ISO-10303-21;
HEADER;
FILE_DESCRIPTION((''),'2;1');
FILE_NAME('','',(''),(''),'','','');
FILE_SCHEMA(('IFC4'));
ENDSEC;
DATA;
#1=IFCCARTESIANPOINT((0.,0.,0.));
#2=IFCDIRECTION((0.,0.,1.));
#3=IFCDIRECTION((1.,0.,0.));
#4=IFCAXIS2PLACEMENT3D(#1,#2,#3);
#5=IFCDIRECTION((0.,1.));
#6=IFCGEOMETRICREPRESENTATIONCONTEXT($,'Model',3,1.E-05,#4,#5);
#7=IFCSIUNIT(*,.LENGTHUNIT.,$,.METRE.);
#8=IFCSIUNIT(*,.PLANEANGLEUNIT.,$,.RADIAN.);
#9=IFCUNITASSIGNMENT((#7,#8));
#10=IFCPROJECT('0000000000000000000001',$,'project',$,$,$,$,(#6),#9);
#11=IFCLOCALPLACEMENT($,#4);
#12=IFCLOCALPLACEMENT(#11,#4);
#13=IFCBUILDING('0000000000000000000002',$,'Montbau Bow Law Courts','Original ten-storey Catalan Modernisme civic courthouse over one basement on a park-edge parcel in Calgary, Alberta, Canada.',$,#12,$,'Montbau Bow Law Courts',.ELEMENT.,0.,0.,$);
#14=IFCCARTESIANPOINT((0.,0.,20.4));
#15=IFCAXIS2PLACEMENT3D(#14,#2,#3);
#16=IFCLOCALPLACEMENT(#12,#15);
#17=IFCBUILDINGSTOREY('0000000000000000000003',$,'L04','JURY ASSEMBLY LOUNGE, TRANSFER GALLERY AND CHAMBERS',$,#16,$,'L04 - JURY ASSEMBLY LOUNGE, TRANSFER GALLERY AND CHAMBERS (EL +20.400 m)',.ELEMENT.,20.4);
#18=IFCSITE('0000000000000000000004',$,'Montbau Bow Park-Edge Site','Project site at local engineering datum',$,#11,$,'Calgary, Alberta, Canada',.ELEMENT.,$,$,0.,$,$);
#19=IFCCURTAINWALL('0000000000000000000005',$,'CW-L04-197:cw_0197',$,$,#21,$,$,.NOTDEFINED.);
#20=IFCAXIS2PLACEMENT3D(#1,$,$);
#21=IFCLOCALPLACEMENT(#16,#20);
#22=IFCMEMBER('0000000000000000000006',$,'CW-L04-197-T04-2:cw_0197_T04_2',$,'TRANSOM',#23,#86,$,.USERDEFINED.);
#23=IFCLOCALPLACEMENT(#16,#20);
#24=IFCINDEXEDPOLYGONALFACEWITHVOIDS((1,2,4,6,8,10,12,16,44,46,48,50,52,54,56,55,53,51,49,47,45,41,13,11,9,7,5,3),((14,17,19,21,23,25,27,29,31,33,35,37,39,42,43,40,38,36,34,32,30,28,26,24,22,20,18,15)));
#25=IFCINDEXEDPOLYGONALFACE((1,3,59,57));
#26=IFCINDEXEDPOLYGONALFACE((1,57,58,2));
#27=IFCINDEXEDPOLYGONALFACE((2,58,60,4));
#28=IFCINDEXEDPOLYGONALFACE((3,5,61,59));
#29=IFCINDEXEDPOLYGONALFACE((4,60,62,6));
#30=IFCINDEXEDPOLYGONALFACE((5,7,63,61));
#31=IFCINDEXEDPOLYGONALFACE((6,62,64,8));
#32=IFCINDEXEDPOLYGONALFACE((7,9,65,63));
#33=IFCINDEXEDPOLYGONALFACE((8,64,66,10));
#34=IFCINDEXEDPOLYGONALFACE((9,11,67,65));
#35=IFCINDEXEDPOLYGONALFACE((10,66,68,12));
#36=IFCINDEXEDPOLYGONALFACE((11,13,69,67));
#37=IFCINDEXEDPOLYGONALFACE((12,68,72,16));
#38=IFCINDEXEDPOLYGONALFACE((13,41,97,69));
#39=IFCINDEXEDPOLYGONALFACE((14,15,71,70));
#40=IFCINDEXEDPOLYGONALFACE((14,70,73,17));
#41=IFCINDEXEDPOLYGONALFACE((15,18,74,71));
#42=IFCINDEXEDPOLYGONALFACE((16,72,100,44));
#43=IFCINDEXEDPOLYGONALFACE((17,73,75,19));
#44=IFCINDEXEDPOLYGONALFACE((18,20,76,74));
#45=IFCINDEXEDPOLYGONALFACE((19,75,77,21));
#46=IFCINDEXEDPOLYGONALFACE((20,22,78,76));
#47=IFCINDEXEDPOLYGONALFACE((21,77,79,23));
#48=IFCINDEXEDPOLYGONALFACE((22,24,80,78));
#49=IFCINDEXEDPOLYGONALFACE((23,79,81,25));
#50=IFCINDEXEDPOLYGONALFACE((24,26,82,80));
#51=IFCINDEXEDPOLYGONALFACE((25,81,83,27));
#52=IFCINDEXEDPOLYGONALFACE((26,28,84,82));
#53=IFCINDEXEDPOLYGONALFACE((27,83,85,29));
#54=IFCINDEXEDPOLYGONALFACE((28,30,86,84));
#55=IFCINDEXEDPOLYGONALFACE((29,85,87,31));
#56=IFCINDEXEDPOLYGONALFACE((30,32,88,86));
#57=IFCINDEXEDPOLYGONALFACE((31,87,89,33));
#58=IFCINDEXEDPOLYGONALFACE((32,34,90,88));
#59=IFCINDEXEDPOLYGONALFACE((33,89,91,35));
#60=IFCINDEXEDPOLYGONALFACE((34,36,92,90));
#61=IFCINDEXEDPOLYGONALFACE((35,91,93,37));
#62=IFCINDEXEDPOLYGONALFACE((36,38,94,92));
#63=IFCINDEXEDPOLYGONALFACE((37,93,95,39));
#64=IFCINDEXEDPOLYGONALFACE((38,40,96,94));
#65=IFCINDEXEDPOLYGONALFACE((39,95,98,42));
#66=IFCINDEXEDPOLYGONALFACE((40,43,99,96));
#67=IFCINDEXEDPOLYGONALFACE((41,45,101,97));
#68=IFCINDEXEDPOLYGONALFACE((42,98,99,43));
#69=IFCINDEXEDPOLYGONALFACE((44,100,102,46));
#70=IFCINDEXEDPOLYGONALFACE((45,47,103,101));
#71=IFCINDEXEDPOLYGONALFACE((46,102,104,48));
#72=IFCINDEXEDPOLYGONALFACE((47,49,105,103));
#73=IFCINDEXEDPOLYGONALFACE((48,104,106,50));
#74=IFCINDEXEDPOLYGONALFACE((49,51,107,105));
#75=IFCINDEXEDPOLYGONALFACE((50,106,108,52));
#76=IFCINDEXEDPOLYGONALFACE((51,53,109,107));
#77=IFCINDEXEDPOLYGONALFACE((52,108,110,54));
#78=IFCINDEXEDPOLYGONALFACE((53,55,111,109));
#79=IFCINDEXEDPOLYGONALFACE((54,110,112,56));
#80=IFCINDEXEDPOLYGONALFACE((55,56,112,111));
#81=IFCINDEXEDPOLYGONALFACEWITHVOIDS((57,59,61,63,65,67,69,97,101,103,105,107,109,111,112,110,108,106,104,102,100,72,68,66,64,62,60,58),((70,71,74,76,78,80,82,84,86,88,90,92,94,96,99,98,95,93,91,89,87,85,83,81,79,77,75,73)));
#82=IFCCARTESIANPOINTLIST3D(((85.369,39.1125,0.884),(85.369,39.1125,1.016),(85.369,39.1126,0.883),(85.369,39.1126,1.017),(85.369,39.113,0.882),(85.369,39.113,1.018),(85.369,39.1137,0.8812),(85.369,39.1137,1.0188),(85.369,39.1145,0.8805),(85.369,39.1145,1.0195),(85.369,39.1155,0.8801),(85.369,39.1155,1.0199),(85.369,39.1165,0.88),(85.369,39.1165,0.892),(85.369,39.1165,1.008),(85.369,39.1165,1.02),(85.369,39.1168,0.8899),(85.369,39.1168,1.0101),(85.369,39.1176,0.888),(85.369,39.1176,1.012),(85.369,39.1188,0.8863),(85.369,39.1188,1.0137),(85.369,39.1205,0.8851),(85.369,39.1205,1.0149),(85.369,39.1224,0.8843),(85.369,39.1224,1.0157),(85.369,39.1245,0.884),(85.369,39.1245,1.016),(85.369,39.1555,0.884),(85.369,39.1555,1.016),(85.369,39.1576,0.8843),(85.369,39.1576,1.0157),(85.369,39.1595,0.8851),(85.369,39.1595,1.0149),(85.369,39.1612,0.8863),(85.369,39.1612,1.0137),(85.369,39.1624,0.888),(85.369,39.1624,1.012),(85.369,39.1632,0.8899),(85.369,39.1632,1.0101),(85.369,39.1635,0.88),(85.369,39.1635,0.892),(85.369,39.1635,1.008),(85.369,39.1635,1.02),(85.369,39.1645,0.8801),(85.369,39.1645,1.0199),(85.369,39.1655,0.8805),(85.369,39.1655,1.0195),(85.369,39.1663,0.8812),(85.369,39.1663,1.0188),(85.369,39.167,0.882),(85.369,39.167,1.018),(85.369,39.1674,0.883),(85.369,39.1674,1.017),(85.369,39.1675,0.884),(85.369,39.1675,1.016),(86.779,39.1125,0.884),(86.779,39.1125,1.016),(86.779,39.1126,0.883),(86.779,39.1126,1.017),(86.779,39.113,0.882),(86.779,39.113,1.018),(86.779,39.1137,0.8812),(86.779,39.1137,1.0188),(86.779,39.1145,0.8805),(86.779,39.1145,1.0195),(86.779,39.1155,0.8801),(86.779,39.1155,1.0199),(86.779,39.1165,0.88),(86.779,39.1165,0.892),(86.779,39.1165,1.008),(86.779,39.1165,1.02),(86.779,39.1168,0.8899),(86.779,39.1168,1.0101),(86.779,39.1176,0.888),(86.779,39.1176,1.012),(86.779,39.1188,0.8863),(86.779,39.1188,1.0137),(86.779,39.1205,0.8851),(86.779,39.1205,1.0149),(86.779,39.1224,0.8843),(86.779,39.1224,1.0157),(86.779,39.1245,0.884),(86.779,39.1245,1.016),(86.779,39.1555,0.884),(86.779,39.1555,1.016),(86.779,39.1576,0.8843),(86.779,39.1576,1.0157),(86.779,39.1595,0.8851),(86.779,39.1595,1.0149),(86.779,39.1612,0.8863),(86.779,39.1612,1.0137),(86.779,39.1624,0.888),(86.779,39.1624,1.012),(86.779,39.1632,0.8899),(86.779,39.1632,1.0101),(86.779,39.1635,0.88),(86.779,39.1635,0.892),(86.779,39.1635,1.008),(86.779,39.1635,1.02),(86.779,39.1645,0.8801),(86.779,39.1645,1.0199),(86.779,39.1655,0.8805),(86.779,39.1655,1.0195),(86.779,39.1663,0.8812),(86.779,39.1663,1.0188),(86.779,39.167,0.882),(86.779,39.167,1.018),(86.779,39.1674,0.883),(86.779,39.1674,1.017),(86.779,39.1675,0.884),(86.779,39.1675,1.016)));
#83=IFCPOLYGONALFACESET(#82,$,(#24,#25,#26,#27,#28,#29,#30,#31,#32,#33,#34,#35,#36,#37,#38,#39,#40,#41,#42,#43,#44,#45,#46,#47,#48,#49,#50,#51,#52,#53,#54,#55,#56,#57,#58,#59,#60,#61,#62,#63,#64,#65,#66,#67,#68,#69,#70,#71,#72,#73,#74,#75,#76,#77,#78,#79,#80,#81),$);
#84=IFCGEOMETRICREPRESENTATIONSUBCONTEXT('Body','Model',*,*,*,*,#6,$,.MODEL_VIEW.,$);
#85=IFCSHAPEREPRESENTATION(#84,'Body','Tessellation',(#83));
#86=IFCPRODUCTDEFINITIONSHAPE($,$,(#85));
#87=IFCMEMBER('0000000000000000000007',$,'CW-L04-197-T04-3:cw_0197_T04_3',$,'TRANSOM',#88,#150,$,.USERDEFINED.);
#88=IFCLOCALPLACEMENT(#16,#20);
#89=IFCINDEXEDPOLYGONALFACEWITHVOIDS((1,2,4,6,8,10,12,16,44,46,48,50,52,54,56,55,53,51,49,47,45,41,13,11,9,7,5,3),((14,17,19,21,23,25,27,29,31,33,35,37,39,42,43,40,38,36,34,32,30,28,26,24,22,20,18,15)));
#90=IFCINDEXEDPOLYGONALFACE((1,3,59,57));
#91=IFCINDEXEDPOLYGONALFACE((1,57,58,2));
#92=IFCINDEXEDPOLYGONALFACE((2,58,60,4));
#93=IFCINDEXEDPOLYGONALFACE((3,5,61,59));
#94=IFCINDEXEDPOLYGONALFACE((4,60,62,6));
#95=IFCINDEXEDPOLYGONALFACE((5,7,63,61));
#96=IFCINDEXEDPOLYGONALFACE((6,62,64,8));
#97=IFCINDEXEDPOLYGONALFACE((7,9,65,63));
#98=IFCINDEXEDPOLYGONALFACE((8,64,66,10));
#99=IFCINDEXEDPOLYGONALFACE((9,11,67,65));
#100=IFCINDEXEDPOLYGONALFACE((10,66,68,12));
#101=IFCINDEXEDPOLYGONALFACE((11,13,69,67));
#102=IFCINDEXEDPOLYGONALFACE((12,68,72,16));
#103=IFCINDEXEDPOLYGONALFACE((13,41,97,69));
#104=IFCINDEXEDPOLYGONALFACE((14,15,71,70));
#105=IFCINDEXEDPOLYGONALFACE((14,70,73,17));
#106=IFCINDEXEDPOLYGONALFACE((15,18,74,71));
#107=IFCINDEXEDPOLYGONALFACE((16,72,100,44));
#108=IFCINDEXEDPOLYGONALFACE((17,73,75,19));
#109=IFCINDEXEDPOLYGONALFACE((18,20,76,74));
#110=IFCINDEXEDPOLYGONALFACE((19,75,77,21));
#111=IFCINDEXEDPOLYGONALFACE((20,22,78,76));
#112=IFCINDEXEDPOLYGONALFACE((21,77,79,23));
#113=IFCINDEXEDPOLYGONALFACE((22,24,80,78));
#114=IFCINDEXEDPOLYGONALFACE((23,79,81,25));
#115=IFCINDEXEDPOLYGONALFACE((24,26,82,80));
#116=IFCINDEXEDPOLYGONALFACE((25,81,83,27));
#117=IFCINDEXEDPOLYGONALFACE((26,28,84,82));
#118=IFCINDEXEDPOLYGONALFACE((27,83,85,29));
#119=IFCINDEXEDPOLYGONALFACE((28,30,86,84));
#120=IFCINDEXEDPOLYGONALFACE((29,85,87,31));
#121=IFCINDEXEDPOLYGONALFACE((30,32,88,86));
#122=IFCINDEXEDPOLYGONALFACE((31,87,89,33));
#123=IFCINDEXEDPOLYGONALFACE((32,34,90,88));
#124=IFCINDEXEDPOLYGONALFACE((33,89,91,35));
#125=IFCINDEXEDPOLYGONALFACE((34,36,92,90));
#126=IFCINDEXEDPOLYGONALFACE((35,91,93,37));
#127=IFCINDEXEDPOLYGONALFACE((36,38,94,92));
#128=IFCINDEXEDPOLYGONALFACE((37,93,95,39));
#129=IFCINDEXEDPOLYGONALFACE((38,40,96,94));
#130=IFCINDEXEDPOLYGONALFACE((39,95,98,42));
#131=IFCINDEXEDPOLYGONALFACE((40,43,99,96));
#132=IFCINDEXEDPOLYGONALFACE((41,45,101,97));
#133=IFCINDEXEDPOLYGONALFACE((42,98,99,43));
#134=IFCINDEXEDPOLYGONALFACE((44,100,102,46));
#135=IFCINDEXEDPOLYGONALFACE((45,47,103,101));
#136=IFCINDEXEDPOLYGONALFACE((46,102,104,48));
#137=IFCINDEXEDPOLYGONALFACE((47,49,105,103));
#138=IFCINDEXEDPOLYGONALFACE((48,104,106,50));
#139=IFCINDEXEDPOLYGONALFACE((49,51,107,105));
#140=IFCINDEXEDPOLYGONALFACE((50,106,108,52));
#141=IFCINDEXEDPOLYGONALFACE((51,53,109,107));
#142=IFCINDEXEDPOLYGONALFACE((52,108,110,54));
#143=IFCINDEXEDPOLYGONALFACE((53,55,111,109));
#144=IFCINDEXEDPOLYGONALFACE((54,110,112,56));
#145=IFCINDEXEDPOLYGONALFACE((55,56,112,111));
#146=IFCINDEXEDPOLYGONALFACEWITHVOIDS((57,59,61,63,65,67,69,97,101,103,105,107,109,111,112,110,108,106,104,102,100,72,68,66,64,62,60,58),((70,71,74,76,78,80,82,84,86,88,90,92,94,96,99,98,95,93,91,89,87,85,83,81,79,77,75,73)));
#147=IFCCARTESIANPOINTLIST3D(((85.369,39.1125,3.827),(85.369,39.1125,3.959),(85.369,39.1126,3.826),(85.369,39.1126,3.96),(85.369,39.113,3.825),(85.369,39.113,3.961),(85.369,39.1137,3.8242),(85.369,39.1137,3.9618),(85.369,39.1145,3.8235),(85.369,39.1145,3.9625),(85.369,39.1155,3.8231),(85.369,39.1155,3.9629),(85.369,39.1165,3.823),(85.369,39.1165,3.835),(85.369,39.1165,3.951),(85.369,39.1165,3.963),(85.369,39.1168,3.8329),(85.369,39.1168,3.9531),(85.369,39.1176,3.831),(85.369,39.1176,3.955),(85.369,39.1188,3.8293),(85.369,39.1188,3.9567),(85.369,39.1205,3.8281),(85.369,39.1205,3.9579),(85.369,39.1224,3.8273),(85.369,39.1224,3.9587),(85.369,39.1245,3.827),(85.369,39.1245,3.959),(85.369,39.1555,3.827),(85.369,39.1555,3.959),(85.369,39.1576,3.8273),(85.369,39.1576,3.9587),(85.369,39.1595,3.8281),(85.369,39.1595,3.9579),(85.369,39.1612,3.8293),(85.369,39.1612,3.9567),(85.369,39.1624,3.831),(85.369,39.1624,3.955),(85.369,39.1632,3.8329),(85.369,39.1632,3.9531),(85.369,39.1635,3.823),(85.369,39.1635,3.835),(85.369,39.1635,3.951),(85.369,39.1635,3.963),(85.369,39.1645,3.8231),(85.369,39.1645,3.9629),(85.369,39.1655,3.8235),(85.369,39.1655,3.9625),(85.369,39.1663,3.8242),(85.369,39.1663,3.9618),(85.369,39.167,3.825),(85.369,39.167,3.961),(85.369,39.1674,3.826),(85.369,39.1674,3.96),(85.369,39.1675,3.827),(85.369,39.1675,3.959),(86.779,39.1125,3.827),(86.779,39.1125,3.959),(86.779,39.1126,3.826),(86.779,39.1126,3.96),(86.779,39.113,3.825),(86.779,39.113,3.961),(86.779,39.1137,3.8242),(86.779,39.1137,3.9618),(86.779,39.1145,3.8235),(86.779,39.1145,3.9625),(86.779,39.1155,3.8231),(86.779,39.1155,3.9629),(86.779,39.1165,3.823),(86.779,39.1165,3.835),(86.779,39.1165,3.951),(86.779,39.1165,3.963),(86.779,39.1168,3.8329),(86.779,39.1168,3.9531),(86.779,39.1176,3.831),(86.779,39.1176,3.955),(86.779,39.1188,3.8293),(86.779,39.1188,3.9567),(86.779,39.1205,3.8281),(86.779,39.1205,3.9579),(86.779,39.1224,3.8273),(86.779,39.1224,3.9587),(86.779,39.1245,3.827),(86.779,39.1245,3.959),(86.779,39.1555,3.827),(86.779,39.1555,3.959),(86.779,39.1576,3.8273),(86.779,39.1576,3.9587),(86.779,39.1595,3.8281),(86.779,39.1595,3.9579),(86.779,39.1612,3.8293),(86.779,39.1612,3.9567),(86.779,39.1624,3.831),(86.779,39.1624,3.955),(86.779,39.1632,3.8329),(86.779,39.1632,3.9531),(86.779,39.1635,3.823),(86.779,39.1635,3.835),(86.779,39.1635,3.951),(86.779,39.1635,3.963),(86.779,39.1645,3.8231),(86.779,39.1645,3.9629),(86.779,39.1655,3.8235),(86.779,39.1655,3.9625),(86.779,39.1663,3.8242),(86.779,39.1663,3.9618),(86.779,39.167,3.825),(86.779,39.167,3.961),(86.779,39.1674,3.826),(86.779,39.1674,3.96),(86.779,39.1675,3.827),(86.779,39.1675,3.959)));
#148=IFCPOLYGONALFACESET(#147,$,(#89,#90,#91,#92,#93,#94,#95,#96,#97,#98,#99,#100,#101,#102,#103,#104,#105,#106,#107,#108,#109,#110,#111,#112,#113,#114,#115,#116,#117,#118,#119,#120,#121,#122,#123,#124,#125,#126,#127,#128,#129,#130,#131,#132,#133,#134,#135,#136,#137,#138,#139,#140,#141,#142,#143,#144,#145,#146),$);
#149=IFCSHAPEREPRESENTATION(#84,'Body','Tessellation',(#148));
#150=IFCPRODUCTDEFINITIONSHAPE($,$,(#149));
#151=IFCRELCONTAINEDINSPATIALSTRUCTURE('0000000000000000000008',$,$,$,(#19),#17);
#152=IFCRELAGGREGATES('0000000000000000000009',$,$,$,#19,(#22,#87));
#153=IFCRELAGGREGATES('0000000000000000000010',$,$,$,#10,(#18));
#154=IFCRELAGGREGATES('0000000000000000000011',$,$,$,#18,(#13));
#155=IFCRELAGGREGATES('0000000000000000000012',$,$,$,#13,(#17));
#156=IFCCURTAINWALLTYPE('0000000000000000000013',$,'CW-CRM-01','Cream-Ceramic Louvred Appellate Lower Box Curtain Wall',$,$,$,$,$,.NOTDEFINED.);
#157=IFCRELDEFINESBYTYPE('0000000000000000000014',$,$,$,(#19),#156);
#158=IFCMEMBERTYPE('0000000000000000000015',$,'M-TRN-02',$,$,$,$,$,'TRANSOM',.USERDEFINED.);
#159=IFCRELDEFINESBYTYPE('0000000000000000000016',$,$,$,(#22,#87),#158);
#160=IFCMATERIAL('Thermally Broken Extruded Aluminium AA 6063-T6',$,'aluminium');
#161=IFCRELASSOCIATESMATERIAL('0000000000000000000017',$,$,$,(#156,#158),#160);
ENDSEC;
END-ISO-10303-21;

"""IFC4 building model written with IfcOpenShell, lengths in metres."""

from ifc_helpers import new_model, si_unit, direction, frame, origin_with_axes, origin_2d_with_axis, place, context, subcontext, project, spatial, hollow_rectangle, extrude, material, material_profile, profile_set, type_object, element, aggregate, save


model = new_model("IFC4")

# Units and contexts
model_context = context("Model", 3, precision=1e-05, world=origin_with_axes(), true_north=direction((0.0, 1.0)))
body_context = subcontext(model_context, "Body", "Model", "MODEL_VIEW")
ifc_project = project(units=[si_unit("LENGTHUNIT", "METRE"), si_unit("PLANEANGLEUNIT", "RADIAN")], contexts=[model_context])

# Site, building, storey
site_placement = place(None, origin_with_axes())
site = spatial("IfcSite", under=ifc_project, at=site_placement, Name="Montbau Bow Park-Edge Site", Description="Project site at local engineering datum", LongName="Calgary, Alberta, Canada", CompositionType="ELEMENT", RefElevation=0.0)
building_placement = place(site_placement, origin_with_axes())
building = spatial("IfcBuilding", under=site, at=building_placement, Name="Montbau Bow Law Courts", Description="Original ten-storey Catalan Modernisme civic courthouse over one basement on a park-edge parcel in Calgary, Alberta, Canada.", LongName="Montbau Bow Law Courts", CompositionType="ELEMENT", ElevationOfRefHeight=0.0, ElevationOfTerrain=0.0)
storey_placement = place(building_placement, frame((0.0, 0.0, 20.4), z_axis=(0.0, 0.0, 1.0), x_axis=(1.0, 0.0, 0.0)))
storey = spatial("IfcBuildingStorey", under=building, at=storey_placement, Name="L04", Description="JURY ASSEMBLY LOUNGE, TRANSFER GALLERY AND CHAMBERS", LongName="L04 - JURY ASSEMBLY LOUNGE, TRANSFER GALLERY AND CHAMBERS (EL +20.400 m)", CompositionType="ELEMENT", Elevation=20.4)

# Curtain wall, members
ifc_material_1 = material(Name="Thermally Broken Extruded Aluminium AA 6063-T6", Category="aluminium")
curtain_wall_type = type_object("IfcCurtainWallType", Name="CW-CRM-01", Description="Cream-Ceramic Louvred Appellate Lower Box Curtain Wall", PredefinedType="NOTDEFINED", material=ifc_material_1)
curtain_wall_placement = place(None, frame((80.915, 39.14, 20.4), z_axis=(0.0, 0.0, 1.0), x_axis=(1.0, 0.0, 0.0)))
curtain_wall = element("IfcCurtainWall", 1, at=curtain_wall_placement, inside=storey, type_object=curtain_wall_type, Name="CW-L04-197:cw_0197", PredefinedType="NOTDEFINED")
ifc_material_profile_1 = material_profile(ifc_material_1, hollow_rectangle(XDim=0.055, YDim=0.14, WallThickness=0.004, InnerFilletRadius=0.008, OuterFilletRadius=0.004, at=origin_2d_with_axis()), Name="CWT-140X55", Category="Main", Priority=0)
ifc_profile_set_1 = profile_set([ifc_material_profile_1], Name="Thermally Broken Extruded Aluminium AA 6063-T6")
member_type_1 = type_object("IfcMemberType", Name="M-TRN-02", ElementType="TRANSOM", PredefinedType="USERDEFINED", material=ifc_profile_set_1)
member_1_placement = place(None, frame((85.369, 39.14, 21.35), z_axis=(1.0, 0.0, 0.0), x_axis=(0.0, 1.0, 0.0)))
member_1 = element("IfcMember", 2, at=member_1_placement, type_object=member_type_1, Name="CW-L04-197-T04-2:cw_0197_T04_2", ObjectType="TRANSOM", PredefinedType="USERDEFINED", context=body_context, shape_type="SweptSolid", body=[
    extrude(hollow_rectangle(XDim=0.055, YDim=0.14, WallThickness=0.004, InnerFilletRadius=0.008, OuterFilletRadius=0.004, at=origin_2d_with_axis()), origin_with_axes(), (0.0, 0.0, 1.0), 1.41),
])
member_2_placement = place(None, frame((85.369, 39.14, 24.293), z_axis=(1.0, 0.0, 0.0), x_axis=(0.0, 1.0, 0.0)))
member_2 = element("IfcMember", 3, at=member_2_placement, type_object=member_type_1, Name="CW-L04-197-T04-3:cw_0197_T04_3", ObjectType="TRANSOM", PredefinedType="USERDEFINED", context=body_context, shape_type="SweptSolid", body=[
    extrude(hollow_rectangle(XDim=0.055, YDim=0.14, WallThickness=0.004, InnerFilletRadius=0.008, OuterFilletRadius=0.004, at=origin_2d_with_axis()), origin_with_axes(), (0.0, 0.0, 1.0), 1.41),
])
aggregate(curtain_wall, [member_1, member_2])

save(model, "model.ifc")
